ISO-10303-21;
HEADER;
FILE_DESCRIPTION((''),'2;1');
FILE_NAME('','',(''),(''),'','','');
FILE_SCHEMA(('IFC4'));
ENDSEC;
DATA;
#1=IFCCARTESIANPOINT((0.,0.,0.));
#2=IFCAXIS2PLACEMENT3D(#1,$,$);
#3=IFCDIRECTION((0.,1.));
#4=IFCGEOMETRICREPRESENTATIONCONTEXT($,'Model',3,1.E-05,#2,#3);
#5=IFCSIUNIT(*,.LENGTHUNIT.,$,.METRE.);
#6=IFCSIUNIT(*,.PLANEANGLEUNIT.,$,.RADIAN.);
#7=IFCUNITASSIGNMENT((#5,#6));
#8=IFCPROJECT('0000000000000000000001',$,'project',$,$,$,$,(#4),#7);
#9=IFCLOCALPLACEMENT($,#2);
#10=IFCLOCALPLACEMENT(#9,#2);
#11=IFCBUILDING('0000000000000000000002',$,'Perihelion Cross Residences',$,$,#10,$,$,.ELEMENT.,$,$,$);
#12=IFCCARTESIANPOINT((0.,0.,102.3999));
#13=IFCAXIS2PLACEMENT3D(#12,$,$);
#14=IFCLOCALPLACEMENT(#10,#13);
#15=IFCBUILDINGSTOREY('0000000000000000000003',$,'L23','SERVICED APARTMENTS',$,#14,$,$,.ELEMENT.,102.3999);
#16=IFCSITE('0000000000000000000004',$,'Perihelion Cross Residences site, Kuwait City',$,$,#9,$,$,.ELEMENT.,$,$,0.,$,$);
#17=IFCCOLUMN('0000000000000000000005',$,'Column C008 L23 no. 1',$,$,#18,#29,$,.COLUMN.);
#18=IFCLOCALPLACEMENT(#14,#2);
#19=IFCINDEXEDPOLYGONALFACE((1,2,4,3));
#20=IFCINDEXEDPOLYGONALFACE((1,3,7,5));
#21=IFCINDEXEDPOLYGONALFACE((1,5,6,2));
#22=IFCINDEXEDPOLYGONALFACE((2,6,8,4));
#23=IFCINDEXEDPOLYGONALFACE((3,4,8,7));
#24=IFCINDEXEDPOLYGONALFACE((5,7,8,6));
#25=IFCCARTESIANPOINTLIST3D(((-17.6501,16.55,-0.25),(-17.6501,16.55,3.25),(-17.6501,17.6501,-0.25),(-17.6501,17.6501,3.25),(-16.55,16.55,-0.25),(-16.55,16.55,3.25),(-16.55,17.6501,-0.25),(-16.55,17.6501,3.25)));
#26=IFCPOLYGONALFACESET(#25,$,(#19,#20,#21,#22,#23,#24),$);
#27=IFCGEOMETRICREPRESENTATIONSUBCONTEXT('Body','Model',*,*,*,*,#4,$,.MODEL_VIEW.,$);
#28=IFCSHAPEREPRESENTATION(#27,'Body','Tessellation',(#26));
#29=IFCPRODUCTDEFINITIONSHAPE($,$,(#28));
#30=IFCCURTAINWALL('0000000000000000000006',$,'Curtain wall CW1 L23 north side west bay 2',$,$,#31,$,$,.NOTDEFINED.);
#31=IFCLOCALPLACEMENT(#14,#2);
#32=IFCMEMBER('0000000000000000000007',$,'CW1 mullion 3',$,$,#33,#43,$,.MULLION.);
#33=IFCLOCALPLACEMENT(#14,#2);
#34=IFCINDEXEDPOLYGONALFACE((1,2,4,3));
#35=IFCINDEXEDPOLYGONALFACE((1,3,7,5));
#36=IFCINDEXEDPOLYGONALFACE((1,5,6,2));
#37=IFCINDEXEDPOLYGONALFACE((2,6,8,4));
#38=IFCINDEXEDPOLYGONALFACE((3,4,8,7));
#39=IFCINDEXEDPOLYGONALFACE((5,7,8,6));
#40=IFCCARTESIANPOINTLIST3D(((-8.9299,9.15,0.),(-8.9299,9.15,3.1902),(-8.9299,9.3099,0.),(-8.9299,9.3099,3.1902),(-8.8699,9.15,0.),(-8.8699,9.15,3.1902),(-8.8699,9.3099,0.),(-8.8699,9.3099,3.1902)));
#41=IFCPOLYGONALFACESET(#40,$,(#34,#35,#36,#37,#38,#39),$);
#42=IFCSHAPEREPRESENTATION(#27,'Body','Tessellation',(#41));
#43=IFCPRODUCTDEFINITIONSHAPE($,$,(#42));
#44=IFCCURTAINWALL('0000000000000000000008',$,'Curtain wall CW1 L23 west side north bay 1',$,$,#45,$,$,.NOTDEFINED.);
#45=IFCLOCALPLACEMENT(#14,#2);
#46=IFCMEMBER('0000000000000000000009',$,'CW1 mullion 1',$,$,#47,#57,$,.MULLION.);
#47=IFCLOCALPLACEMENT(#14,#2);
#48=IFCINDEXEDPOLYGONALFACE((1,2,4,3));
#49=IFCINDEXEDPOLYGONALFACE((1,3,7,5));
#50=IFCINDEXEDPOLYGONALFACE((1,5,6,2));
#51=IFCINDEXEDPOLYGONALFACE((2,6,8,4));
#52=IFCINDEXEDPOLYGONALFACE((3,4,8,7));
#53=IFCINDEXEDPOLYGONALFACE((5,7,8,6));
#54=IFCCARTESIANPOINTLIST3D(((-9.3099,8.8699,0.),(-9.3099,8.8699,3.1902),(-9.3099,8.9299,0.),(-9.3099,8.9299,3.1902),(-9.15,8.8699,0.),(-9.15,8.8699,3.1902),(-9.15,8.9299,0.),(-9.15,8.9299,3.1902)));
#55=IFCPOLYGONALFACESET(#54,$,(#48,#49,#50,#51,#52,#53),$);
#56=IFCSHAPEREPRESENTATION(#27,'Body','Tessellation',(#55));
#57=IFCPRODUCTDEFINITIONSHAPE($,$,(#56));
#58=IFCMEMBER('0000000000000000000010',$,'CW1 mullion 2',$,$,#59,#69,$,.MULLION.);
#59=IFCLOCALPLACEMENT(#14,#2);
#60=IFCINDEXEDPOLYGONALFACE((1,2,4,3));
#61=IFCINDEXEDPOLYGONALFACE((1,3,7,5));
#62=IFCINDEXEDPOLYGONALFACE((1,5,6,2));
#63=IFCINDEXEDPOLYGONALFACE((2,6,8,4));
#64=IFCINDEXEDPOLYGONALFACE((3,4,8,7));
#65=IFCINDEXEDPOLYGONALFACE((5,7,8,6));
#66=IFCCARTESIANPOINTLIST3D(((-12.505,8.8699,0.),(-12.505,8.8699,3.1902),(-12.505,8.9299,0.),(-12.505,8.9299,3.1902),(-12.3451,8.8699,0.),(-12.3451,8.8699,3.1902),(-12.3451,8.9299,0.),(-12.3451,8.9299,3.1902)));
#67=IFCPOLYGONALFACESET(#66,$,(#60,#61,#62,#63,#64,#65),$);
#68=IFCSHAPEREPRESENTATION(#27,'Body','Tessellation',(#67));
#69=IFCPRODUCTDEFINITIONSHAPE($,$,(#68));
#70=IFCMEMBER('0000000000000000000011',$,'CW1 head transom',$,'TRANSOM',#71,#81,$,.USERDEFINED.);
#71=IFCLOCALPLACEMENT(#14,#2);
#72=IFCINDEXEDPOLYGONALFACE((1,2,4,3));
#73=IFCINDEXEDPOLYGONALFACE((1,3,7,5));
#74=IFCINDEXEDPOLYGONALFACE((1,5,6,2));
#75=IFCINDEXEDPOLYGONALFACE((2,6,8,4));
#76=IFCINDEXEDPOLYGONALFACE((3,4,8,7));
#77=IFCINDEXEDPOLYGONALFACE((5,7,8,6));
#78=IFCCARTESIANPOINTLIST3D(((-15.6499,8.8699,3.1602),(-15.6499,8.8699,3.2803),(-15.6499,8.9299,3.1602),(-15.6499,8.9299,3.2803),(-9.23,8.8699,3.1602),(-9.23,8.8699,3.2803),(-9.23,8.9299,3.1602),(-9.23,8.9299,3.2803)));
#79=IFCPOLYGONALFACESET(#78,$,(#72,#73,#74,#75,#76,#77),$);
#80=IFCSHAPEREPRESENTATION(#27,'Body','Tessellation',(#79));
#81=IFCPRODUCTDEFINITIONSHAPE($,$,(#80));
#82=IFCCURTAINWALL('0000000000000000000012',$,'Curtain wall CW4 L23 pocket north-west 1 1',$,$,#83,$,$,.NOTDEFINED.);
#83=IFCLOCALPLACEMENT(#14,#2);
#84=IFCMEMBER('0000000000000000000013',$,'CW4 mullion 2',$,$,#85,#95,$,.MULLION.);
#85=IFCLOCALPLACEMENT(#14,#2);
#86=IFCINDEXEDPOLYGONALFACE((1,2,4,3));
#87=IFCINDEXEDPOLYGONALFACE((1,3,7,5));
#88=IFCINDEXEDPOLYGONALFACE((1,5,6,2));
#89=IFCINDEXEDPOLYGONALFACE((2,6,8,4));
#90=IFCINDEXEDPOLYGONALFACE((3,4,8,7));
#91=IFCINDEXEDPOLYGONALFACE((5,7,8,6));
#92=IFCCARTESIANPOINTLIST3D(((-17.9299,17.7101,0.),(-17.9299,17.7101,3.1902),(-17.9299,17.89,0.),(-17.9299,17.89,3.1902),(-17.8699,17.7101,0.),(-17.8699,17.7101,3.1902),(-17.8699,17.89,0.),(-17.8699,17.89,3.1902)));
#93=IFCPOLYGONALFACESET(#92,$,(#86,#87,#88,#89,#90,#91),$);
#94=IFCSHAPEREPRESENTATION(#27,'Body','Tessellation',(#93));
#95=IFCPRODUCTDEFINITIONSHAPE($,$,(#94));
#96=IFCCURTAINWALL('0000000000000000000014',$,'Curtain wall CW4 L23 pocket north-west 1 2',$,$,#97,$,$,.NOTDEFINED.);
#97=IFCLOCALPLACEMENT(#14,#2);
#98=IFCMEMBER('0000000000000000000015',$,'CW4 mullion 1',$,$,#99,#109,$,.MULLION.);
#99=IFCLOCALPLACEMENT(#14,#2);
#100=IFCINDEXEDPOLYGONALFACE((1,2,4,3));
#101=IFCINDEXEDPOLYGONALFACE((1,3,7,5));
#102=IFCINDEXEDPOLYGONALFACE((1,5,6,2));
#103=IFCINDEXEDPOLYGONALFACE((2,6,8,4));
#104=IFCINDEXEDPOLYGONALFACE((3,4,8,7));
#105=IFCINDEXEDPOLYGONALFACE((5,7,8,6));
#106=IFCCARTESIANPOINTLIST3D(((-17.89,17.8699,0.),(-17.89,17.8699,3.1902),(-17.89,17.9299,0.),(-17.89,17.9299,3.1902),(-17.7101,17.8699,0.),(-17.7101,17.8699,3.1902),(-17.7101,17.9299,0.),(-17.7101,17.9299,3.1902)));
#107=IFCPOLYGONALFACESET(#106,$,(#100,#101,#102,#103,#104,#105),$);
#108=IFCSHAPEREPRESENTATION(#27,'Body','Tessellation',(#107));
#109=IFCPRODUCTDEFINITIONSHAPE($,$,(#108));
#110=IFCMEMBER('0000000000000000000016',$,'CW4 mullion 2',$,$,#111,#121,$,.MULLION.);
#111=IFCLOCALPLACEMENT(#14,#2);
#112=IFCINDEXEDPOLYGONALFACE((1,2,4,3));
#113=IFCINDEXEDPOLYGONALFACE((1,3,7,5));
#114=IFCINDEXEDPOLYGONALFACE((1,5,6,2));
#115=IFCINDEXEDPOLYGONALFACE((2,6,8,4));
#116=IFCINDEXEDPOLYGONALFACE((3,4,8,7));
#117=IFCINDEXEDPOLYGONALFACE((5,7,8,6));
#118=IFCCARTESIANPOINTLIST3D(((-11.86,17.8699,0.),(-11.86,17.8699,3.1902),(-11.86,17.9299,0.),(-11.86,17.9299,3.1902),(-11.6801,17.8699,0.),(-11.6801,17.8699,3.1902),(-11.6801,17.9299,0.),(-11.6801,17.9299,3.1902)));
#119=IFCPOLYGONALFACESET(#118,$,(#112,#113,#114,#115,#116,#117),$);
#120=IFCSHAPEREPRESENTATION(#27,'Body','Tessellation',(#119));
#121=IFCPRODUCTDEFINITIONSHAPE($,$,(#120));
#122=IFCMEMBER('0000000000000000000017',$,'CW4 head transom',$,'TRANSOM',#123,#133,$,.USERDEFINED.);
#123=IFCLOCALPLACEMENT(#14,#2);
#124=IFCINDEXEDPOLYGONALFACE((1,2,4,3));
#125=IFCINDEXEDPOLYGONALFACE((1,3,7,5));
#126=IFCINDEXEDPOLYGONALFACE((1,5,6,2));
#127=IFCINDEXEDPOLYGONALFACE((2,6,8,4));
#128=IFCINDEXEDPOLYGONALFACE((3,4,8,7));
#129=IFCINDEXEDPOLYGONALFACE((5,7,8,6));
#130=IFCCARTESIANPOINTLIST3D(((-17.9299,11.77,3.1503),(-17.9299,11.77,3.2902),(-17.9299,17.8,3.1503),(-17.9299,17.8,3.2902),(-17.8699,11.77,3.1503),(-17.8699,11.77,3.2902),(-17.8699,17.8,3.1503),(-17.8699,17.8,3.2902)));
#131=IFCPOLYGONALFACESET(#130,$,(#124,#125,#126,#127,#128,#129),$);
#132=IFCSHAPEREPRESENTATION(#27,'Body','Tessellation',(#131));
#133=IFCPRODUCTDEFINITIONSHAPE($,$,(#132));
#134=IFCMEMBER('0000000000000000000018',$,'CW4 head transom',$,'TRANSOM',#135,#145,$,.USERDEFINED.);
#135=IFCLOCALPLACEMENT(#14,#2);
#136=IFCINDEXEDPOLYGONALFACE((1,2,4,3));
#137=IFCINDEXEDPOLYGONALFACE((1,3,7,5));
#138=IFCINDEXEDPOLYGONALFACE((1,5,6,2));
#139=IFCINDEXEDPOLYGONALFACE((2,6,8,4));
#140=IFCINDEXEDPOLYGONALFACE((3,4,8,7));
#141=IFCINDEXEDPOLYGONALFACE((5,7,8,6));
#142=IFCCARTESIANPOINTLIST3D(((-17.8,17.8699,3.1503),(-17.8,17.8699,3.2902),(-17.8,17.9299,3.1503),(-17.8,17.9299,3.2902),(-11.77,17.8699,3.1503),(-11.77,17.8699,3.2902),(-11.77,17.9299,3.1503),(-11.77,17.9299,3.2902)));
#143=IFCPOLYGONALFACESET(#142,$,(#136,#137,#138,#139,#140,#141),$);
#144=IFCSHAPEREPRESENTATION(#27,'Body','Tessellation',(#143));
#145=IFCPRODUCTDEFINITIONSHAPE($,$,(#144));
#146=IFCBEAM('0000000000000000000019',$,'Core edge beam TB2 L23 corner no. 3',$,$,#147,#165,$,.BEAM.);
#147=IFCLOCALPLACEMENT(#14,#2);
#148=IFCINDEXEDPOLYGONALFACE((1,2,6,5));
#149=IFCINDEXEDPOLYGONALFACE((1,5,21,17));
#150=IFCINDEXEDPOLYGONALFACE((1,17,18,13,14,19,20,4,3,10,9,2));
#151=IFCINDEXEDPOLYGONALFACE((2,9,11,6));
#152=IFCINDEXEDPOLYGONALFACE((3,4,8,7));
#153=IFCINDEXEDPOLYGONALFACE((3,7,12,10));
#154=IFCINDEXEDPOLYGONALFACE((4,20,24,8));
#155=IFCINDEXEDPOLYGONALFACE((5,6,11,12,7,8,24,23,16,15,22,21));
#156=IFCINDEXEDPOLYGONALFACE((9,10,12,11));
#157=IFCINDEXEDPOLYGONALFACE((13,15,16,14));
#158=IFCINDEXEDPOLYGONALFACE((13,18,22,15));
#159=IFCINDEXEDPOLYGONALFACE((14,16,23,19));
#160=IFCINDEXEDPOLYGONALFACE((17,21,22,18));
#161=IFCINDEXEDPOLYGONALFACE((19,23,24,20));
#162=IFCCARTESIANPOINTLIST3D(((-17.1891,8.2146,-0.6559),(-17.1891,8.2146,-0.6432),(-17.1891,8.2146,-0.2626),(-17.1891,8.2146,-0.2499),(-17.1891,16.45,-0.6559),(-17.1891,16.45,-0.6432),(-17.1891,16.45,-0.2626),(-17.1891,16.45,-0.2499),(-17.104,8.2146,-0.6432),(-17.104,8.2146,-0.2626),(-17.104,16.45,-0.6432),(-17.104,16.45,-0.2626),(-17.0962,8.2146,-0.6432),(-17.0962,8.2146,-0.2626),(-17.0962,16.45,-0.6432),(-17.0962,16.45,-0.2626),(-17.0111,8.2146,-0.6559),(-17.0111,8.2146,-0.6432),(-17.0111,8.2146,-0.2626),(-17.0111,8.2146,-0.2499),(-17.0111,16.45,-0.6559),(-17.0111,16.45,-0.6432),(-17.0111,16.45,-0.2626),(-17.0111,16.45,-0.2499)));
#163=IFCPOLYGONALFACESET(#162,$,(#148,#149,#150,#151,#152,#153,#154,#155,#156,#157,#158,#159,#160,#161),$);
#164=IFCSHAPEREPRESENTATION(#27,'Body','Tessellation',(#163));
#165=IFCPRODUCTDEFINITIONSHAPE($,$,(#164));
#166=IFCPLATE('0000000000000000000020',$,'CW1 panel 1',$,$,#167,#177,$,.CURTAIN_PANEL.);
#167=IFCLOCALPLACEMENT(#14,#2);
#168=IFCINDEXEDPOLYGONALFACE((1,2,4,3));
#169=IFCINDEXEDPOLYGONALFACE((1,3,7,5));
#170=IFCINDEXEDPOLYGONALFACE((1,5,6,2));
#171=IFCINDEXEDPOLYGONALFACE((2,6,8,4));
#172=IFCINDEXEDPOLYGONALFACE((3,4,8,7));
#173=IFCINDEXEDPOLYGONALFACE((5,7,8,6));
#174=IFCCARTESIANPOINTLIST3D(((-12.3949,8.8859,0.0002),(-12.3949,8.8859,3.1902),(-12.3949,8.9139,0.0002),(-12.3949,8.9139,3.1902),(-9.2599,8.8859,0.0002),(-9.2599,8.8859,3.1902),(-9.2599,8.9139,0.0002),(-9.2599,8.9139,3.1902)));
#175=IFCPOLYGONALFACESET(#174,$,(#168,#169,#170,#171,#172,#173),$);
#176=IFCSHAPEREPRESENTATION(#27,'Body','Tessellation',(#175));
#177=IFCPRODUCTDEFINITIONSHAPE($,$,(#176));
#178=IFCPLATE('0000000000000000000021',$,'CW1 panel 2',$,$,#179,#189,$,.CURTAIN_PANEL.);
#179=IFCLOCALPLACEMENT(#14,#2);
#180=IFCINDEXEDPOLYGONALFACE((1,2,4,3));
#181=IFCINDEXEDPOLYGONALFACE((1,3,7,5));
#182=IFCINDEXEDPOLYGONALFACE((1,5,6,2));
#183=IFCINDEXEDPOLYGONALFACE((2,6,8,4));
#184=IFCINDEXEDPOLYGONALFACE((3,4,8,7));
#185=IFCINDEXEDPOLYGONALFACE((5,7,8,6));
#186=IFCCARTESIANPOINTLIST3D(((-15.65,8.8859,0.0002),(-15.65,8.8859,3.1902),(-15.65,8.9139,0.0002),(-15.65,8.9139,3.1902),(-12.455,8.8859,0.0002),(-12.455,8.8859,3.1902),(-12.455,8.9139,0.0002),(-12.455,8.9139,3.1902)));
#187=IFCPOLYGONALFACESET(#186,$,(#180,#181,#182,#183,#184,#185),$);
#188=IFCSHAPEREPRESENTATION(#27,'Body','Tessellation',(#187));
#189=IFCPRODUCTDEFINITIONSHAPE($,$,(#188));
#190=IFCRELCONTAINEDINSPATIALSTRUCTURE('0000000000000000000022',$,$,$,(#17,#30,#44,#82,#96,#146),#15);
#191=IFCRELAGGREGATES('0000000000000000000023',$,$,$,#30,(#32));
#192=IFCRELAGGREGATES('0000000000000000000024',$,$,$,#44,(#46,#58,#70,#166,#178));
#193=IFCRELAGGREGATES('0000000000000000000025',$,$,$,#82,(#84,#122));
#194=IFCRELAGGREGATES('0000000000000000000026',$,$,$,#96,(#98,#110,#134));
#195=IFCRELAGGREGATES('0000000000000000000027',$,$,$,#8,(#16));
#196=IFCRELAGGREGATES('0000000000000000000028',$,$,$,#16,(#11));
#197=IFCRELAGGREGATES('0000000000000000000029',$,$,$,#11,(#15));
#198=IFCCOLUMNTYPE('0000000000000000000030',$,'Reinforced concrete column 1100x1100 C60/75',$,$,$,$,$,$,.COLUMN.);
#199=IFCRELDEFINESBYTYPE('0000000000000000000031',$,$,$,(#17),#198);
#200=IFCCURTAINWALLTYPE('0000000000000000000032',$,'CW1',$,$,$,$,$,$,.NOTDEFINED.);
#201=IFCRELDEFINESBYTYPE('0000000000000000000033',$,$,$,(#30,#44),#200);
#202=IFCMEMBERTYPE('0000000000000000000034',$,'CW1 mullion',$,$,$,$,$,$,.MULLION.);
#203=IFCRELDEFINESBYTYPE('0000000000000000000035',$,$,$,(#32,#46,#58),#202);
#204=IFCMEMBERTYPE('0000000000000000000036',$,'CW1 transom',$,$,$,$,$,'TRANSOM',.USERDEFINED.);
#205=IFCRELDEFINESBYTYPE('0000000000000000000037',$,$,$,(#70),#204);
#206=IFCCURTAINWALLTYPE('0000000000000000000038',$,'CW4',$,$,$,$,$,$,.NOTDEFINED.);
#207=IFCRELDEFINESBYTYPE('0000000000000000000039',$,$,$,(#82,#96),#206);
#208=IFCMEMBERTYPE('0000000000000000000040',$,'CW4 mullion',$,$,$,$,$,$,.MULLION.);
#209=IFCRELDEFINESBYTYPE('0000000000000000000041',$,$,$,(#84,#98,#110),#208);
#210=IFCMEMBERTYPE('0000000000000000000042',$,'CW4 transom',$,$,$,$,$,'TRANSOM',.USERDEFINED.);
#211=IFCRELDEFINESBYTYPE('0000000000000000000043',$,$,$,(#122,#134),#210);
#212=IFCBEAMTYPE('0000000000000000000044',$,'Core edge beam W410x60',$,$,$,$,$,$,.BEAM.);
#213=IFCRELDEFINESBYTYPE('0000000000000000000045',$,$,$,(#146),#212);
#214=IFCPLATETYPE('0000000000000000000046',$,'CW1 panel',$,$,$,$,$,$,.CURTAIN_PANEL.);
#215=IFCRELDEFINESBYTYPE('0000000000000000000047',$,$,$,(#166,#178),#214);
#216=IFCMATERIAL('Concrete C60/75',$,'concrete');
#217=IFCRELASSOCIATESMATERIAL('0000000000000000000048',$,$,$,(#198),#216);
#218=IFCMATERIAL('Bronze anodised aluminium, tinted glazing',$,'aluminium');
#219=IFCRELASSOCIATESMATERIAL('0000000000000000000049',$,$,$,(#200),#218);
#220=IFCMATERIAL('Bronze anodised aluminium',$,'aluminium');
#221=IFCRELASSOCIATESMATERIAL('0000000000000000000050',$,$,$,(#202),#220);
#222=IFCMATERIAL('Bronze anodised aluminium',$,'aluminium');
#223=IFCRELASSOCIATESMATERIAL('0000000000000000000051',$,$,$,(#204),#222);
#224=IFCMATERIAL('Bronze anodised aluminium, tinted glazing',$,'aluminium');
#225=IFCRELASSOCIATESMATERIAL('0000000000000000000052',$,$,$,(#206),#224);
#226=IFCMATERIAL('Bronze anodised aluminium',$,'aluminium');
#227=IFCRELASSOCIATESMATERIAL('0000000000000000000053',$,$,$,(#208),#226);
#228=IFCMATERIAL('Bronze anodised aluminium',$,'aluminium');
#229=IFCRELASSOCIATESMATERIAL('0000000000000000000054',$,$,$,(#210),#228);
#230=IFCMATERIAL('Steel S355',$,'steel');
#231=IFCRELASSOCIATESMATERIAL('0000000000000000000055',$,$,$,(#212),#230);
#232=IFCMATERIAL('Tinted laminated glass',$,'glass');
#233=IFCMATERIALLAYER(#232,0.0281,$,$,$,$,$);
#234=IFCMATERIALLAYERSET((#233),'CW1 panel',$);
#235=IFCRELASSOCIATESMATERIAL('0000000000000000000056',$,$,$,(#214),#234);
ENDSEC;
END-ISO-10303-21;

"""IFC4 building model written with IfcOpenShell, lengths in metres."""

from ifc_helpers import new_model, si_unit, direction, frame, origin, origin_2d, place, context, subcontext, project, spatial, rectangle, i_section, extrude, material, layer, layer_set, material_profile, profile_set, type_object, element, aggregate, save


model = new_model("IFC4")

# Units and contexts
model_context = context("Model", 3, precision=1e-05, world=origin(), true_north=direction((0.0, 1.0)))
body_context = subcontext(model_context, "Body", "Model", "MODEL_VIEW")
ifc_project = project(units=[si_unit("LENGTHUNIT", "METRE"), si_unit("PLANEANGLEUNIT", "RADIAN")], contexts=[model_context])

# Site, building, storey
site_placement = place(None, origin())
site = spatial("IfcSite", under=ifc_project, at=site_placement, Name="Perihelion Cross Residences site, Kuwait City", CompositionType="ELEMENT", RefElevation=0.0)
building_placement = place(site_placement, origin())
building = spatial("IfcBuilding", under=site, at=building_placement, Name="Perihelion Cross Residences", CompositionType="ELEMENT")
storey_placement = place(building_placement, frame((0.0, 0.0, 102.3999)))
storey = spatial("IfcBuildingStorey", under=building, at=storey_placement, Name="L23", Description="SERVICED APARTMENTS", CompositionType="ELEMENT", Elevation=102.3999)

# Column
ifc_material_1 = material(Name="Concrete C60/75", Category="concrete")
ifc_material_profile_1 = material_profile(ifc_material_1, rectangle(XDim=1.1001, YDim=1.1001, at=origin_2d()), Name="RC 1100x1100")
ifc_profile_set_1 = profile_set([ifc_material_profile_1], Name="Concrete C60/75")
column_type = type_object("IfcColumnType", Name="Reinforced concrete column 1100x1100 C60/75", PredefinedType="COLUMN", material=ifc_profile_set_1)
column_placement = place(storey_placement, frame((-17.1001, 17.1001, -0.25), z_axis=(0.0, 0.0, 1.0), x_axis=(1.0, 0.0, 0.0)))
element("IfcColumn", 1, at=column_placement, inside=storey, type_object=column_type, Name="Column C008 L23 no. 1", PredefinedType="COLUMN", context=body_context, shape_type="SweptSolid", body=[
    extrude(rectangle(XDim=1.1001, YDim=1.1001, at=origin_2d()), origin(), (0.0, 0.0, 1.0), 3.5),
])

# Curtain wall, member
ifc_material_2 = material(Name="Bronze anodised aluminium, tinted glazing", Category="aluminium")
curtain_wall_type_1 = type_object("IfcCurtainWallType", Name="CW1", PredefinedType="NOTDEFINED", material=ifc_material_2)
curtain_wall_1_placement = place(storey_placement, origin())
curtain_wall_1 = element("IfcCurtainWall", 2, at=curtain_wall_1_placement, inside=storey, type_object=curtain_wall_type_1, Name="Curtain wall CW1 L23 north side west bay 2", PredefinedType="NOTDEFINED")
ifc_material_3 = material(Name="Bronze anodised aluminium", Category="aluminium")
ifc_material_profile_2 = material_profile(ifc_material_3, rectangle(XDim=0.0601, YDim=0.1599, at=origin_2d()), Name="CW1 mullion")
ifc_profile_set_2 = profile_set([ifc_material_profile_2], Name="Bronze anodised aluminium")
member_type_1 = type_object("IfcMemberType", Name="CW1 mullion", PredefinedType="MULLION", material=ifc_profile_set_2)
member_1_placement = place(storey_placement, frame((-8.8999, 9.23, 0.0), z_axis=(0.0, 0.0, 1.0), x_axis=(1.0, 0.0, 0.0)))
member_1 = element("IfcMember", 3, at=member_1_placement, type_object=member_type_1, Name="CW1 mullion 3", PredefinedType="MULLION", context=body_context, shape_type="SweptSolid", body=[
    extrude(rectangle(XDim=0.0601, YDim=0.1599, at=origin_2d()), origin(), (0.0, 0.0, 1.0), 3.1902),
])
aggregate(curtain_wall_1, [member_1])

# Curtain wall, members
curtain_wall_2_placement = place(storey_placement, origin())
curtain_wall_2 = element("IfcCurtainWall", 4, at=curtain_wall_2_placement, inside=storey, type_object=curtain_wall_type_1, Name="Curtain wall CW1 L23 west side north bay 1", PredefinedType="NOTDEFINED")
member_2_placement = place(storey_placement, frame((-9.23, 8.8999, 0.0), z_axis=(0.0, 0.0, 1.0), x_axis=(0.0, -1.0, 0.0)))
member_2 = element("IfcMember", 5, at=member_2_placement, type_object=member_type_1, Name="CW1 mullion 1", PredefinedType="MULLION", context=body_context, shape_type="SweptSolid", body=[
    extrude(rectangle(XDim=0.0601, YDim=0.1599, at=origin_2d()), origin(), (0.0, 0.0, 1.0), 3.1902),
])
member_3_placement = place(storey_placement, frame((-12.425, 8.8999, 0.0), z_axis=(0.0, 0.0, 1.0), x_axis=(0.0, -1.0, 0.0)))
member_3 = element("IfcMember", 6, at=member_3_placement, type_object=member_type_1, Name="CW1 mullion 2", PredefinedType="MULLION", context=body_context, shape_type="SweptSolid", body=[
    extrude(rectangle(XDim=0.0601, YDim=0.1599, at=origin_2d()), origin(), (0.0, 0.0, 1.0), 3.1902),
])
ifc_material_4 = material(Name="Bronze anodised aluminium", Category="aluminium")
ifc_material_profile_3 = material_profile(ifc_material_4, rectangle(XDim=0.0601, YDim=0.1201, at=origin_2d()), Name="CW1 transom")
ifc_profile_set_3 = profile_set([ifc_material_profile_3], Name="Bronze anodised aluminium")
member_type_2 = type_object("IfcMemberType", Name="CW1 transom", ElementType="TRANSOM", PredefinedType="USERDEFINED", material=ifc_profile_set_3)
member_4_placement = place(storey_placement, frame((-9.23, 8.8999, 3.2202), z_axis=(-1.0, 0.0, 0.0), x_axis=(0.0, -1.0, 0.0)))
member_4 = element("IfcMember", 7, at=member_4_placement, type_object=member_type_2, Name="CW1 head transom", ObjectType="TRANSOM", PredefinedType="USERDEFINED", context=body_context, shape_type="SweptSolid", body=[
    extrude(rectangle(XDim=0.0601, YDim=0.1201, at=origin_2d()), origin(), (0.0, 0.0, 1.0), 6.4199),
])

# Curtain wall, member
ifc_material_5 = material(Name="Bronze anodised aluminium, tinted glazing", Category="aluminium")
curtain_wall_type_2 = type_object("IfcCurtainWallType", Name="CW4", PredefinedType="NOTDEFINED", material=ifc_material_5)
curtain_wall_3_placement = place(storey_placement, origin())
curtain_wall_3 = element("IfcCurtainWall", 8, at=curtain_wall_3_placement, inside=storey, type_object=curtain_wall_type_2, Name="Curtain wall CW4 L23 pocket north-west 1 1", PredefinedType="NOTDEFINED")
ifc_material_6 = material(Name="Bronze anodised aluminium", Category="aluminium")
ifc_material_profile_4 = material_profile(ifc_material_6, rectangle(XDim=0.0601, YDim=0.1799, at=origin_2d()), Name="CW4 mullion")
ifc_profile_set_4 = profile_set([ifc_material_profile_4], Name="Bronze anodised aluminium")
member_type_3 = type_object("IfcMemberType", Name="CW4 mullion", PredefinedType="MULLION", material=ifc_profile_set_4)
member_5_placement = place(storey_placement, frame((-17.8999, 17.8, 0.0), z_axis=(0.0, 0.0, 1.0), x_axis=(-1.0, 0.0, 0.0)))
member_5 = element("IfcMember", 9, at=member_5_placement, type_object=member_type_3, Name="CW4 mullion 2", PredefinedType="MULLION", context=body_context, shape_type="SweptSolid", body=[
    extrude(rectangle(XDim=0.0601, YDim=0.1799, at=origin_2d()), origin(), (0.0, 0.0, 1.0), 3.1902),
])

# Curtain wall, members
curtain_wall_4_placement = place(storey_placement, origin())
curtain_wall_4 = element("IfcCurtainWall", 10, at=curtain_wall_4_placement, inside=storey, type_object=curtain_wall_type_2, Name="Curtain wall CW4 L23 pocket north-west 1 2", PredefinedType="NOTDEFINED")
member_6_placement = place(storey_placement, frame((-17.8, 17.8999, 0.0), z_axis=(0.0, 0.0, 1.0), x_axis=(0.0, 1.0, 0.0)))
member_6 = element("IfcMember", 11, at=member_6_placement, type_object=member_type_3, Name="CW4 mullion 1", PredefinedType="MULLION", context=body_context, shape_type="SweptSolid", body=[
    extrude(rectangle(XDim=0.0601, YDim=0.1799, at=origin_2d()), origin(), (0.0, 0.0, 1.0), 3.1902),
])
member_7_placement = place(storey_placement, frame((-11.77, 17.8999, 0.0), z_axis=(0.0, 0.0, 1.0), x_axis=(0.0, 1.0, 0.0)))
member_7 = element("IfcMember", 12, at=member_7_placement, type_object=member_type_3, Name="CW4 mullion 2", PredefinedType="MULLION", context=body_context, shape_type="SweptSolid", body=[
    extrude(rectangle(XDim=0.0601, YDim=0.1799, at=origin_2d()), origin(), (0.0, 0.0, 1.0), 3.1902),
])

# Members
ifc_material_7 = material(Name="Bronze anodised aluminium", Category="aluminium")
ifc_material_profile_5 = material_profile(ifc_material_7, rectangle(XDim=0.0601, YDim=0.1399, at=origin_2d()), Name="CW4 transom")
ifc_profile_set_5 = profile_set([ifc_material_profile_5], Name="Bronze anodised aluminium")
member_type_4 = type_object("IfcMemberType", Name="CW4 transom", ElementType="TRANSOM", PredefinedType="USERDEFINED", material=ifc_profile_set_5)
member_8_placement = place(storey_placement, frame((-17.8999, 11.77, 3.2202), z_axis=(0.0, 1.0, 0.0), x_axis=(-1.0, 0.0, 0.0)))
member_8 = element("IfcMember", 13, at=member_8_placement, type_object=member_type_4, Name="CW4 head transom", ObjectType="TRANSOM", PredefinedType="USERDEFINED", context=body_context, shape_type="SweptSolid", body=[
    extrude(rectangle(XDim=0.0601, YDim=0.1399, at=origin_2d()), origin(), (0.0, 0.0, 1.0), 6.03),
])
member_9_placement = place(storey_placement, frame((-17.8, 17.8999, 3.2202), z_axis=(1.0, 0.0, 0.0), x_axis=(0.0, 1.0, 0.0)))
member_9 = element("IfcMember", 14, at=member_9_placement, type_object=member_type_4, Name="CW4 head transom", ObjectType="TRANSOM", PredefinedType="USERDEFINED", context=body_context, shape_type="SweptSolid", body=[
    extrude(rectangle(XDim=0.0601, YDim=0.1399, at=origin_2d()), origin(), (0.0, 0.0, 1.0), 6.03),
])

# Beam
ifc_material_8 = material(Name="Steel S355", Category="steel")
ifc_material_profile_6 = material_profile(ifc_material_8, i_section(OverallWidth=0.178, OverallDepth=0.406, WebThickness=0.0078, FlangeThickness=0.0127, at=origin_2d()), Name="W410x60")
ifc_profile_set_6 = profile_set([ifc_material_profile_6], Name="Steel S355")
beam_type = type_object("IfcBeamType", Name="Core edge beam W410x60", PredefinedType="BEAM", material=ifc_profile_set_6)
beam_placement = place(storey_placement, frame((-17.1001, 8.2146, -0.4529), z_axis=(0.0, 1.0, 0.0), x_axis=(-1.0, 0.0, 0.0)))
element("IfcBeam", 15, at=beam_placement, inside=storey, type_object=beam_type, Name="Core edge beam TB2 L23 corner no. 3", PredefinedType="BEAM", context=body_context, shape_type="SweptSolid", body=[
    extrude(i_section(OverallWidth=0.178, OverallDepth=0.406, WebThickness=0.0078, FlangeThickness=0.0127, at=origin_2d()), origin(), (0.0, 0.0, 1.0), 8.2354),
])

# Plates
ifc_material_9 = material(Name="Tinted laminated glass", Category="glass")
ifc_layer_1 = layer(ifc_material_9, 0.0281)
ifc_layer_set_1 = layer_set([ifc_layer_1], Name="CW1 panel")
plate_type_1 = type_object("IfcPlateType", Name="CW1 panel", PredefinedType="CURTAIN_PANEL", material=ifc_layer_set_1)
plate_1_placement = place(storey_placement, frame((-10.8274, 8.8999, 0.0002), z_axis=(0.0, 0.0, 1.0), x_axis=(-1.0, 0.0, 0.0)))
plate_1 = element("IfcPlate", 16, at=plate_1_placement, type_object=plate_type_1, Name="CW1 panel 1", PredefinedType="CURTAIN_PANEL", context=body_context, shape_type="SweptSolid", body=[
    extrude(rectangle(XDim=3.135, YDim=0.0281, at=origin_2d()), origin(), (0.0, 0.0, 1.0), 3.1899),
])
plate_2_placement = place(storey_placement, frame((-14.0525, 8.8999, 0.0002), z_axis=(0.0, 0.0, 1.0), x_axis=(-1.0, 0.0, 0.0)))
plate_2 = element("IfcPlate", 17, at=plate_2_placement, type_object=plate_type_1, Name="CW1 panel 2", PredefinedType="CURTAIN_PANEL", context=body_context, shape_type="SweptSolid", body=[
    extrude(rectangle(XDim=3.1951, YDim=0.0281, at=origin_2d()), origin(), (0.0, 0.0, 1.0), 3.1899),
])
aggregate(curtain_wall_2, [member_2, member_3, member_4, plate_1, plate_2])
aggregate(curtain_wall_3, [member_5, member_8])
aggregate(curtain_wall_4, [member_6, member_7, member_9])

save(model, "model.ifc")
